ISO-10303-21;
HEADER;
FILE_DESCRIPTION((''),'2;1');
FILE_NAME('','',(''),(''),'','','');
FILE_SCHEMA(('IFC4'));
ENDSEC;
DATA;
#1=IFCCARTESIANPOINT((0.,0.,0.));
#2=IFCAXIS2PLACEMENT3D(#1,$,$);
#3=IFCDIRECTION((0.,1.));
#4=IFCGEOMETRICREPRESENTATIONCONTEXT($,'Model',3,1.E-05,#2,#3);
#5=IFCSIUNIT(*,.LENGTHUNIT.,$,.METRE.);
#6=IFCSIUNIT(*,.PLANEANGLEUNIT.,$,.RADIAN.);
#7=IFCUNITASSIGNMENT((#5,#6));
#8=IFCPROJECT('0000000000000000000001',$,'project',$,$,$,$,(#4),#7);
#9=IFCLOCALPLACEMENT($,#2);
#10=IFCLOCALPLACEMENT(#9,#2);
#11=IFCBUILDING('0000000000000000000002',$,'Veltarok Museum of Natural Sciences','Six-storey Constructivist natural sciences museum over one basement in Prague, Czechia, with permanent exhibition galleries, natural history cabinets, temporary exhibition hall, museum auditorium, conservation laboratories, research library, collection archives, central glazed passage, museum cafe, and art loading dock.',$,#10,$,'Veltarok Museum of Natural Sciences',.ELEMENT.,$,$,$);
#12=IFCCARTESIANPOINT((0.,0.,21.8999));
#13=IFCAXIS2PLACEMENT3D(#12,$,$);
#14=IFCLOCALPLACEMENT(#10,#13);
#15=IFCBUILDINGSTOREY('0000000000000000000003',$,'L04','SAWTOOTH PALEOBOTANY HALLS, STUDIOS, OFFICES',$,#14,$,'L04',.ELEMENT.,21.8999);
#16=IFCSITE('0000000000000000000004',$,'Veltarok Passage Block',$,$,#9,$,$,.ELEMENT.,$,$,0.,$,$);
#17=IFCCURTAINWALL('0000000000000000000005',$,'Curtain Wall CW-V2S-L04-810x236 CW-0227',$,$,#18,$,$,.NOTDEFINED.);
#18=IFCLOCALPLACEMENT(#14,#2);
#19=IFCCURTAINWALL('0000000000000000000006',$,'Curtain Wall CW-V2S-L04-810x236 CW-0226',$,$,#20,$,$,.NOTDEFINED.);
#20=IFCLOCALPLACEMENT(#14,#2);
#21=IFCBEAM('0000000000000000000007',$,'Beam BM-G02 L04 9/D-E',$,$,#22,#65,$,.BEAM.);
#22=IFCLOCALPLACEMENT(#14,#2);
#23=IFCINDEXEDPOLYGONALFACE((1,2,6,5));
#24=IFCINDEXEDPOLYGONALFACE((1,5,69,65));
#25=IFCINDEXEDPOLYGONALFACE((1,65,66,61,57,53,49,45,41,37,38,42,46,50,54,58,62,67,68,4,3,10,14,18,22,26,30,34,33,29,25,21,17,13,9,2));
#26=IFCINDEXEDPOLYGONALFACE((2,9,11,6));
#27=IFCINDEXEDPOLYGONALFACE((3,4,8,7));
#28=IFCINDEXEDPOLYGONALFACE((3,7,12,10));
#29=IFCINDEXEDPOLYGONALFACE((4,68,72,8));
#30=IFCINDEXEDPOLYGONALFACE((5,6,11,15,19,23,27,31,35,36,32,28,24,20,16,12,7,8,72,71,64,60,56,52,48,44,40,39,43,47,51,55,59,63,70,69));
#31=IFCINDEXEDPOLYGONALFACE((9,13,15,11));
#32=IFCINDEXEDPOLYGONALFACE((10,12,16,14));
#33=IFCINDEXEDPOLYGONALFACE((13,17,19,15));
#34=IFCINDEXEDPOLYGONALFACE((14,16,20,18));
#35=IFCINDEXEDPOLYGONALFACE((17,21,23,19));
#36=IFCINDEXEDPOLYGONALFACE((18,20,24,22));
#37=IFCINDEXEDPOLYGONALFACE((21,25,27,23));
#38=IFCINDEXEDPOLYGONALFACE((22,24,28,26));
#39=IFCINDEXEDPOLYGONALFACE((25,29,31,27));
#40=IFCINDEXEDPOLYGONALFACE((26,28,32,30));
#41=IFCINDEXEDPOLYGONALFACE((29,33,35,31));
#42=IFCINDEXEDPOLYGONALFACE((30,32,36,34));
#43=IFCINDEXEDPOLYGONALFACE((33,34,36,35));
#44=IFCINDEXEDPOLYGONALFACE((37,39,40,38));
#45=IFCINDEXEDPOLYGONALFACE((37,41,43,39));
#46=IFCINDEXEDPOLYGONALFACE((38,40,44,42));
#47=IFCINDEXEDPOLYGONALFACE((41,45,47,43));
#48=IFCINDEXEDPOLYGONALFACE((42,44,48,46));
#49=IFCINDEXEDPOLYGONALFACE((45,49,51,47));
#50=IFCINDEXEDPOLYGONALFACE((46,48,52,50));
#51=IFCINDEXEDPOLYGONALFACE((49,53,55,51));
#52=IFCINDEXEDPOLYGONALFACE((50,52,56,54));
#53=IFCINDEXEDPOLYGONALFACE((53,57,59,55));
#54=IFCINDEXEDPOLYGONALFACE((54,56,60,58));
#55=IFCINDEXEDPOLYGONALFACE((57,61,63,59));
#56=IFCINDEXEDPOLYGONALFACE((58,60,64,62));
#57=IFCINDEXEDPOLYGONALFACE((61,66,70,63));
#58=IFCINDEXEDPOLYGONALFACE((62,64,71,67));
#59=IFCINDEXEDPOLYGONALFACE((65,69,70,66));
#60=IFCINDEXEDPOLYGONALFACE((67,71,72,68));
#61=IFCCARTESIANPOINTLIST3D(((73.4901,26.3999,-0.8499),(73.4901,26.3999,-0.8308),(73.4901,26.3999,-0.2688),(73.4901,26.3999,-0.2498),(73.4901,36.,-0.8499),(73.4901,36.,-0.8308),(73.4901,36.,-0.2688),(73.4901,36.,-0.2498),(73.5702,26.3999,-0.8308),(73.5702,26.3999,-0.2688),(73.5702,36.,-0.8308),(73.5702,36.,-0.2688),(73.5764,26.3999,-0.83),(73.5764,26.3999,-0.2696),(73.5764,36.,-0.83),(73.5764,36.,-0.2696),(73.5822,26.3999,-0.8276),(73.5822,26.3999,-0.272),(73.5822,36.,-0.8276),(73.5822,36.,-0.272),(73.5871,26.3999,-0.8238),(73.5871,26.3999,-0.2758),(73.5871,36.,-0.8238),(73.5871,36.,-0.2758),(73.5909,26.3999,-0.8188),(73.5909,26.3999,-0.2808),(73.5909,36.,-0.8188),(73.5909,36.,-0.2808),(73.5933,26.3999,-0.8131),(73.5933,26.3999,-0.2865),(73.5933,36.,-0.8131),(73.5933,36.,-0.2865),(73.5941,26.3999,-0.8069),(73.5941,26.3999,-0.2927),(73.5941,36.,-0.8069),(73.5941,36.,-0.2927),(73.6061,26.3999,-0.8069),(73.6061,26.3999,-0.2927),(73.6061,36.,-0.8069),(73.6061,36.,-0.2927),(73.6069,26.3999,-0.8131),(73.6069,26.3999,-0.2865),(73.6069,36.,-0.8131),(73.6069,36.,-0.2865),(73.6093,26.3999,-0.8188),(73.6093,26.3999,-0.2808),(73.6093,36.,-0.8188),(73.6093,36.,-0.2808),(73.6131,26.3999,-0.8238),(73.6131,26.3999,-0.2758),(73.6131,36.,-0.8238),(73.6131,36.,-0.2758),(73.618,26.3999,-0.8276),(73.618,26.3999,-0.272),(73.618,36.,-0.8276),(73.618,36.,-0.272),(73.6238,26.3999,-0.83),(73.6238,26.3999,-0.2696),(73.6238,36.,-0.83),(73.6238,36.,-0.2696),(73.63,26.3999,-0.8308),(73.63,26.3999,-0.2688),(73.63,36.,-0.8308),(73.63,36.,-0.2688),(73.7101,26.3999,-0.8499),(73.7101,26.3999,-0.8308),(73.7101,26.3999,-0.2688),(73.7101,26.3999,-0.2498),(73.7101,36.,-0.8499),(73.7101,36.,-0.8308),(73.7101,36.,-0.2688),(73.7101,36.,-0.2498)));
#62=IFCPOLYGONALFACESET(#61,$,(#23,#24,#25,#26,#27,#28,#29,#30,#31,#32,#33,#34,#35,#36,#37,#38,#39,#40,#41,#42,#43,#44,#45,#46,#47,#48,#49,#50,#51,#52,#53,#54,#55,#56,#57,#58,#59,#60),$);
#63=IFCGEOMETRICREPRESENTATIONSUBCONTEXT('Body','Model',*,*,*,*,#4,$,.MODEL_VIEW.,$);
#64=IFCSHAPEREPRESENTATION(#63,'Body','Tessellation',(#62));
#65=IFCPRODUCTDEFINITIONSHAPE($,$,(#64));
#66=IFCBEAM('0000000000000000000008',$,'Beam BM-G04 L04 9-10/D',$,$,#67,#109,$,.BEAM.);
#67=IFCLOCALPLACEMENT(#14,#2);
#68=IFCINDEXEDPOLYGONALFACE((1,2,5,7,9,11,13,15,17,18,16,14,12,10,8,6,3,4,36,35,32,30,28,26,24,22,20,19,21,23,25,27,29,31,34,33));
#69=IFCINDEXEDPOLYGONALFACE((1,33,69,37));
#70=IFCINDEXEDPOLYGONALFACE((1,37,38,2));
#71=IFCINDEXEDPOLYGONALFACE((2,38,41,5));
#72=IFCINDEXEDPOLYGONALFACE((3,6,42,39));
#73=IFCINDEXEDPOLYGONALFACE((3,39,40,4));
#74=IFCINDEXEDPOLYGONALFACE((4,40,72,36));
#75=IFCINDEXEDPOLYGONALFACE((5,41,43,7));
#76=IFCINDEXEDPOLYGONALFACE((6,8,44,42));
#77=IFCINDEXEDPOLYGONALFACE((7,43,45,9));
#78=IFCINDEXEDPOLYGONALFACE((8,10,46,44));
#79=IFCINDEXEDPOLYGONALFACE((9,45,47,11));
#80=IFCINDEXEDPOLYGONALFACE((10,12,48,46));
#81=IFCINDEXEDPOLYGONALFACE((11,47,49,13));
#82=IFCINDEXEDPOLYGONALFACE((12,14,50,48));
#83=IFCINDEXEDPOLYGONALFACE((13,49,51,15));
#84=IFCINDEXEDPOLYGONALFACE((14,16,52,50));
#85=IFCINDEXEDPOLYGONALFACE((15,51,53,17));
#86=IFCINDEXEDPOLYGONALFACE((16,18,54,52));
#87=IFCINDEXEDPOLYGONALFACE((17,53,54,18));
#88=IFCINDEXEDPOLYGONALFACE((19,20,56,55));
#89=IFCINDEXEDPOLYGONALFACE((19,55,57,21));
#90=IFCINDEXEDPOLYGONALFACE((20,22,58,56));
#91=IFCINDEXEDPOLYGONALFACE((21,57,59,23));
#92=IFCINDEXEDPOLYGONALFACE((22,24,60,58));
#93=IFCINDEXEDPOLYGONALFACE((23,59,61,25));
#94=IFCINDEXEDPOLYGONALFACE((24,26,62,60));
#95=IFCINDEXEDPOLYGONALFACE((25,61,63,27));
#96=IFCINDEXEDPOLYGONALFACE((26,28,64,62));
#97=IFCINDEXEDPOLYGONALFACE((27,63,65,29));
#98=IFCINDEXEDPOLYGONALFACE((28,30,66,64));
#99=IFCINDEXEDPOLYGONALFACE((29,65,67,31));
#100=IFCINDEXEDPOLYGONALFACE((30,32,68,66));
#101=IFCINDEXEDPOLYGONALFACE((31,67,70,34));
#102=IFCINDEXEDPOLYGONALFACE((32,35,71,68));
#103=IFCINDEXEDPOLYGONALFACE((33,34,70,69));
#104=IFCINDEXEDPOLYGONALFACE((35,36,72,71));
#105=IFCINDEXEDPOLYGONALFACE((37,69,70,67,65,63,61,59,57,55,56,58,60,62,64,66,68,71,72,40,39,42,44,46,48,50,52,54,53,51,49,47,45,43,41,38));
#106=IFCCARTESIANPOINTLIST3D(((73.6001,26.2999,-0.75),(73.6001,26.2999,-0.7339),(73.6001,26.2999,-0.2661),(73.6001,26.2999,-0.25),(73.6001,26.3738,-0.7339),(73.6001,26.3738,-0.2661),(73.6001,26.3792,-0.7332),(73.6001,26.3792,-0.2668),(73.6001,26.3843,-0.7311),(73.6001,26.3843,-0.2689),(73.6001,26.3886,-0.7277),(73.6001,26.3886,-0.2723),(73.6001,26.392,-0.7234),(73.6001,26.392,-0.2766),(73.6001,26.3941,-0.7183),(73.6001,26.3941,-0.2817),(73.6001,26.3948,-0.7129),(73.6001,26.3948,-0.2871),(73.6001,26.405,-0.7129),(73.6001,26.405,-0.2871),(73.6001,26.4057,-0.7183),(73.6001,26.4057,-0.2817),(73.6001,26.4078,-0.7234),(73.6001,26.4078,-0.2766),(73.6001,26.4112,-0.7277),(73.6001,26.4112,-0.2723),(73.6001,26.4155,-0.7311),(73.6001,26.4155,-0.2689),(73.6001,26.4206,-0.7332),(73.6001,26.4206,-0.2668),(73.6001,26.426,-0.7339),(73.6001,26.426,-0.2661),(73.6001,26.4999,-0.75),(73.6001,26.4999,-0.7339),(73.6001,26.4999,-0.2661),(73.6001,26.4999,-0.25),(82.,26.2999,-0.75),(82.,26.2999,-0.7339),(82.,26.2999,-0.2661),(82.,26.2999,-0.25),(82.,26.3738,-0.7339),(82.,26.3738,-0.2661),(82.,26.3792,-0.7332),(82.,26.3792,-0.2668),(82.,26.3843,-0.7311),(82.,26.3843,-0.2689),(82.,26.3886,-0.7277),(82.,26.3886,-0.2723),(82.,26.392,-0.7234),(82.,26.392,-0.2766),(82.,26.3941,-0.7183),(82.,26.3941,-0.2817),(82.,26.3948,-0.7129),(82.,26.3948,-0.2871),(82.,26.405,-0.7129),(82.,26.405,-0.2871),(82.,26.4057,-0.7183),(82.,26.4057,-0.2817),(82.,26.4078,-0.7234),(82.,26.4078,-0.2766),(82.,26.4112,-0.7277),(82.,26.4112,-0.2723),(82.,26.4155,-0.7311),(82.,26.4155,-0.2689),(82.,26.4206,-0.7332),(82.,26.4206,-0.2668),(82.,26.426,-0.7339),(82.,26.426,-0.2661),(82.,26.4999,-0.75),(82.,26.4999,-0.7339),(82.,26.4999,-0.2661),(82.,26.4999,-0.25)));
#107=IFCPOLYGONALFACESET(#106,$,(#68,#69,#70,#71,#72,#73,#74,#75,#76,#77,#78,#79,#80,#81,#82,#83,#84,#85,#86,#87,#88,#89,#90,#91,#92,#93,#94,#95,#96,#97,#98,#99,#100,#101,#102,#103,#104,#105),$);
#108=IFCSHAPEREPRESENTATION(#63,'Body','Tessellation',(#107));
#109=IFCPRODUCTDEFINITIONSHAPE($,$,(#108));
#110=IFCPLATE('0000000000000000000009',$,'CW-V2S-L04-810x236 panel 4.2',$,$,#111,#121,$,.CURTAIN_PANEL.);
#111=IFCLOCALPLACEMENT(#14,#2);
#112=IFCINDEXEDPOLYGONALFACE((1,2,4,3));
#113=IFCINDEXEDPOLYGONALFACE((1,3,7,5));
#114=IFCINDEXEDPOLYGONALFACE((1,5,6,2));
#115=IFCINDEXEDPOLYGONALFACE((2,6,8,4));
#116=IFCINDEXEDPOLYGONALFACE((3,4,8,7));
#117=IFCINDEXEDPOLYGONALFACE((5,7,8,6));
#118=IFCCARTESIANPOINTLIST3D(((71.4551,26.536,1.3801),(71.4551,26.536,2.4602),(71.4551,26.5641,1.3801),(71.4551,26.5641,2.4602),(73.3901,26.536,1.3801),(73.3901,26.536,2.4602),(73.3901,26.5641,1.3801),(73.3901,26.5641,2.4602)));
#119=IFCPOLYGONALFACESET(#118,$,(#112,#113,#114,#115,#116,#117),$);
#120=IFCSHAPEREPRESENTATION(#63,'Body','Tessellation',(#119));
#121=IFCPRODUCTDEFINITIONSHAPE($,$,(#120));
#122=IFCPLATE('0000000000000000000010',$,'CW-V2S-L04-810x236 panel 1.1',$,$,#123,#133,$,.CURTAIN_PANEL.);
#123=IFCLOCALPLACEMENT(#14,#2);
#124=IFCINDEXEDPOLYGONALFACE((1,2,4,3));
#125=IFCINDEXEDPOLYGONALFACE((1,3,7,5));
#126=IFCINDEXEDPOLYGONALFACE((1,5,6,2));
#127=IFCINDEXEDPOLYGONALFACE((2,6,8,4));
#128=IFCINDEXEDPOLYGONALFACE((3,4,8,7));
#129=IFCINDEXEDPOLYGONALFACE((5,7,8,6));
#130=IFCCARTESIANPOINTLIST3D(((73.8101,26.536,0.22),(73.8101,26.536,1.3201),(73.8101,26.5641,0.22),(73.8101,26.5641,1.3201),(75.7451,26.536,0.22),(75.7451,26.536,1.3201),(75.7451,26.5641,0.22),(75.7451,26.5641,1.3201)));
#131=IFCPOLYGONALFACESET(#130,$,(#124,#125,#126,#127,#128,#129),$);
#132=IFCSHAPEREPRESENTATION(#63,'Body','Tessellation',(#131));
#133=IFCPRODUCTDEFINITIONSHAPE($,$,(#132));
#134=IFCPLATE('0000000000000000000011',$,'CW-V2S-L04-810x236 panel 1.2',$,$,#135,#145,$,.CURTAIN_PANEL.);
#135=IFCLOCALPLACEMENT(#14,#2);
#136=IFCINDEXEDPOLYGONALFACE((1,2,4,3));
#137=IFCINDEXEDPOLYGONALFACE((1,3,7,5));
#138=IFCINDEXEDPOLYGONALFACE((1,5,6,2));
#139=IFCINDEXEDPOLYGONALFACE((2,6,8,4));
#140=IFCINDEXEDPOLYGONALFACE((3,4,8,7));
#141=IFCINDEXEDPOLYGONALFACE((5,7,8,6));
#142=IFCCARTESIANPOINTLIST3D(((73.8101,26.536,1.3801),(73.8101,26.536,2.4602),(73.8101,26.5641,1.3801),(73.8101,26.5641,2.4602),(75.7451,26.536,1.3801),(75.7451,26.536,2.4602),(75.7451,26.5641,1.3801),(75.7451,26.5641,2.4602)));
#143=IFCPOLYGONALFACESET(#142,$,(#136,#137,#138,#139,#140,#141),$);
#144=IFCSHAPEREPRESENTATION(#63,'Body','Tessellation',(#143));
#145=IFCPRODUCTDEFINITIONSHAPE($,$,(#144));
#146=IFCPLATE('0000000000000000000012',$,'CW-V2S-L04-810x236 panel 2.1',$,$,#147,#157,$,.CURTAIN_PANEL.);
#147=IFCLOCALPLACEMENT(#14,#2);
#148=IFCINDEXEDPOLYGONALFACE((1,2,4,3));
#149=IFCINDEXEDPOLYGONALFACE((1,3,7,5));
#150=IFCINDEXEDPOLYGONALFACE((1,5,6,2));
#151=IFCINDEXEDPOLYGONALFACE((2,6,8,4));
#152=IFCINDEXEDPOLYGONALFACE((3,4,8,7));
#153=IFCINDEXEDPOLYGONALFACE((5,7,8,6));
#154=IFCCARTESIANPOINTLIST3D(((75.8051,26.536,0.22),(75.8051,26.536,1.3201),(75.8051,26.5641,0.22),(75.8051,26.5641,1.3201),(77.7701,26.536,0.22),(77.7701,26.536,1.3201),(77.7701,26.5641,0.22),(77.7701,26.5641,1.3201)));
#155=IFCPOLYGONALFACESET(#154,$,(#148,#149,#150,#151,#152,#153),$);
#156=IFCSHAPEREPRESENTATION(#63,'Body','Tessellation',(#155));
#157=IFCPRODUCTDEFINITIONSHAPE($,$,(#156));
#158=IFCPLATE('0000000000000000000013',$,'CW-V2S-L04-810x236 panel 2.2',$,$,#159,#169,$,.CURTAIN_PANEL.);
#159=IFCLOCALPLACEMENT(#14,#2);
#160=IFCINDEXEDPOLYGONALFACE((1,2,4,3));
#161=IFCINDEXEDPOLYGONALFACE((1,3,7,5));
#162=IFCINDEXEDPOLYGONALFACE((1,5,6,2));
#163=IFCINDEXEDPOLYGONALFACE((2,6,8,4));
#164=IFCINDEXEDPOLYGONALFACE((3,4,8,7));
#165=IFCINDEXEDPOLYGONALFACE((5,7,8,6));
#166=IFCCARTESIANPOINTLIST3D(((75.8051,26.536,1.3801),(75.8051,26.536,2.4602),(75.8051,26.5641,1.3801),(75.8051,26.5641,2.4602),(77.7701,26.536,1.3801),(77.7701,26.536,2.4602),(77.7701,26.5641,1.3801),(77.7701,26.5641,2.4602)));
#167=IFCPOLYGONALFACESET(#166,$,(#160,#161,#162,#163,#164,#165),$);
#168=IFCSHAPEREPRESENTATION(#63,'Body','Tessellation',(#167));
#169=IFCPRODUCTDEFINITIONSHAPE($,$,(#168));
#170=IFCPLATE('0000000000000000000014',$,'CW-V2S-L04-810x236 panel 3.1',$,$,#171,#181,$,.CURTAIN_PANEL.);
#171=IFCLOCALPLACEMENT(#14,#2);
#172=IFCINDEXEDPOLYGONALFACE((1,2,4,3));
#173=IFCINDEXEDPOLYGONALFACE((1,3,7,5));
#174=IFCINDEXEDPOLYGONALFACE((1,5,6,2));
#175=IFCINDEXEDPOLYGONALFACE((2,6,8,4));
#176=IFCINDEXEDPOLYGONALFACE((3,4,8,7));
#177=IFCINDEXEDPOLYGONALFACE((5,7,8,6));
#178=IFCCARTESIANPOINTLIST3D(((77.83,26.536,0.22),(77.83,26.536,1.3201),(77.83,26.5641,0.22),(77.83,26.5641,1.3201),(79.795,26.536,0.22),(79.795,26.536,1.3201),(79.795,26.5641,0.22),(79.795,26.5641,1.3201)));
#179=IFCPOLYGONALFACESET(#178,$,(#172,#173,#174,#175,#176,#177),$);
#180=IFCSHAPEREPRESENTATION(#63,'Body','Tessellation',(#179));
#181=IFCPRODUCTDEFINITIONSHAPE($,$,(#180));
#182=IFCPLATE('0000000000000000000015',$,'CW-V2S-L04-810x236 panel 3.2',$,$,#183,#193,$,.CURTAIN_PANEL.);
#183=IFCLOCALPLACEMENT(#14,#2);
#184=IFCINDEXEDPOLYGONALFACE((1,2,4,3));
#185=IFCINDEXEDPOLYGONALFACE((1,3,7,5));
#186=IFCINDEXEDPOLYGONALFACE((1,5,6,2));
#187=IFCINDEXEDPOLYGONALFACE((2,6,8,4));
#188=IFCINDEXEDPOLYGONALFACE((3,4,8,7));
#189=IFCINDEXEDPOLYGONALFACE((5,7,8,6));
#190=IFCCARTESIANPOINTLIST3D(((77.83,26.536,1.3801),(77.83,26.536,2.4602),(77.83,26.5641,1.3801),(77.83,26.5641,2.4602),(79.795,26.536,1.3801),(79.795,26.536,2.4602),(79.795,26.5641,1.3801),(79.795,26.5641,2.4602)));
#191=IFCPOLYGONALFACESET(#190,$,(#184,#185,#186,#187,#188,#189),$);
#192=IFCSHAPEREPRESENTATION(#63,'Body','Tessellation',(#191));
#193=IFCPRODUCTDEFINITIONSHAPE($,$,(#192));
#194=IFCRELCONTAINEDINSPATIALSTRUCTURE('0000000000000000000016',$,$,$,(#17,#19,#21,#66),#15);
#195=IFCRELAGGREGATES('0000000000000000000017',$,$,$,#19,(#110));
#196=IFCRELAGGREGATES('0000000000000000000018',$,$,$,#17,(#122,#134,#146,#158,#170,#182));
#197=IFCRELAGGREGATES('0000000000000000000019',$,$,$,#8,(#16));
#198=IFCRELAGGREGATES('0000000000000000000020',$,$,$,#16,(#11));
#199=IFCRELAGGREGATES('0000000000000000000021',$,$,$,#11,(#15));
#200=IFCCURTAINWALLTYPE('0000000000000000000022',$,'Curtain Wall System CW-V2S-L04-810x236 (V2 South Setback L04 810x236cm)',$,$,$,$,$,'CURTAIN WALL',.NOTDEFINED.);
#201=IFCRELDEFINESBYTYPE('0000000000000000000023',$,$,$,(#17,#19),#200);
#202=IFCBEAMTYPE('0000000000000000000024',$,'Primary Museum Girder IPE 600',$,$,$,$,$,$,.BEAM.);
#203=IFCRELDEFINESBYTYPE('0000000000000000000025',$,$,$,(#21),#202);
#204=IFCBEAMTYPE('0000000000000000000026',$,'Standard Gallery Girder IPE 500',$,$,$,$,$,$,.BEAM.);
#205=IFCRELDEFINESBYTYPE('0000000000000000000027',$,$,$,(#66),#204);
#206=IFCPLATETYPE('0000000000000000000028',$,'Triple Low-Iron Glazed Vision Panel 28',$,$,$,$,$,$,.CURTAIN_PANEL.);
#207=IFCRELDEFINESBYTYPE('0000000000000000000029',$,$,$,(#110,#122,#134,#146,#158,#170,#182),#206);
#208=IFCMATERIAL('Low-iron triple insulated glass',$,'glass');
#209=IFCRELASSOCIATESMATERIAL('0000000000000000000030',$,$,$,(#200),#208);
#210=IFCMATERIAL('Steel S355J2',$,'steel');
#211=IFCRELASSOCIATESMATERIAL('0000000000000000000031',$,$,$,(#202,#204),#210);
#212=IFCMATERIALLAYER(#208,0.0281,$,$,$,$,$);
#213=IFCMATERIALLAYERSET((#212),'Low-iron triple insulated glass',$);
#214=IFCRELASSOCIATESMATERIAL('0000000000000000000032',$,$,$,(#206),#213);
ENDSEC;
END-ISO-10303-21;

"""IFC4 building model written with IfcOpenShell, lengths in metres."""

from ifc_helpers import new_model, si_unit, direction, frame, origin, origin_2d, place, context, subcontext, project, spatial, rectangle, i_section, extrude, material, layer, layer_set, material_profile, profile_set, type_object, element, aggregate, save


model = new_model("IFC4")

# Units and contexts
model_context = context("Model", 3, precision=1e-05, world=origin(), true_north=direction((0.0, 1.0)))
body_context = subcontext(model_context, "Body", "Model", "MODEL_VIEW")
ifc_project = project(units=[si_unit("LENGTHUNIT", "METRE"), si_unit("PLANEANGLEUNIT", "RADIAN")], contexts=[model_context])

# Site, building, storey
site_placement = place(None, origin())
site = spatial("IfcSite", under=ifc_project, at=site_placement, Name="Veltarok Passage Block", CompositionType="ELEMENT", RefElevation=0.0)
building_placement = place(site_placement, origin())
building = spatial("IfcBuilding", under=site, at=building_placement, Name="Veltarok Museum of Natural Sciences", Description="Six-storey Constructivist natural sciences museum over one basement in Prague, Czechia, with permanent exhibition galleries, natural history cabinets, temporary exhibition hall, museum auditorium, conservation laboratories, research library, collection archives, central glazed passage, museum cafe, and art loading dock.", LongName="Veltarok Museum of Natural Sciences", CompositionType="ELEMENT")
storey_placement = place(building_placement, frame((0.0, 0.0, 21.8999)))
storey = spatial("IfcBuildingStorey", under=building, at=storey_placement, Name="L04", Description="SAWTOOTH PALEOBOTANY HALLS, STUDIOS, OFFICES", LongName="L04", CompositionType="ELEMENT", Elevation=21.8999)

# Shared definitions
ifc_material_1 = material(Name="Steel S355J2", Category="steel")

# Curtain wall
ifc_material_2 = material(Name="Low-iron triple insulated glass", Category="glass")
curtain_wall_type = type_object("IfcCurtainWallType", Name="Curtain Wall System CW-V2S-L04-810x236 (V2 South Setback L04 810x236cm)", ElementType="CURTAIN WALL", PredefinedType="NOTDEFINED", material=ifc_material_2)
curtain_wall_1_placement = place(storey_placement, origin())
curtain_wall_1 = element("IfcCurtainWall", 1, at=curtain_wall_1_placement, inside=storey, type_object=curtain_wall_type, Name="Curtain Wall CW-V2S-L04-810x236 CW-0227", PredefinedType="NOTDEFINED")

# Curtain wall
curtain_wall_2_placement = place(storey_placement, origin())
curtain_wall_2 = element("IfcCurtainWall", 2, at=curtain_wall_2_placement, inside=storey, type_object=curtain_wall_type, Name="Curtain Wall CW-V2S-L04-810x236 CW-0226", PredefinedType="NOTDEFINED")

# Beams
ifc_material_profile_1 = material_profile(ifc_material_1, i_section(OverallWidth=0.22, OverallDepth=0.6001, WebThickness=0.012, FlangeThickness=0.019, FilletRadius=0.0239, at=origin_2d()), Name="IPE 600")
ifc_profile_set_1 = profile_set([ifc_material_profile_1], Name="Steel S355J2")
beam_type_1 = type_object("IfcBeamType", Name="Primary Museum Girder IPE 600", PredefinedType="BEAM", material=ifc_profile_set_1)
beam_1_placement = place(storey_placement, frame((73.6001, 26.3999, -0.5498), z_axis=(0.0, 1.0, 0.0), x_axis=(-1.0, 0.0, 0.0)))
element("IfcBeam", 3, at=beam_1_placement, inside=storey, type_object=beam_type_1, Name="Beam BM-G02 L04 9/D-E", PredefinedType="BEAM", context=body_context, shape_type="SweptSolid", body=[
    extrude(i_section(OverallWidth=0.22, OverallDepth=0.6001, WebThickness=0.012, FlangeThickness=0.019, FilletRadius=0.0239, at=origin_2d()), origin(), (0.0, 0.0, 1.0), 9.6001),
])
ifc_material_profile_2 = material_profile(ifc_material_1, i_section(OverallWidth=0.2, OverallDepth=0.5, WebThickness=0.0103, FlangeThickness=0.0161, FilletRadius=0.021, at=origin_2d()), Name="IPE 500")
ifc_profile_set_2 = profile_set([ifc_material_profile_2], Name="Steel S355J2")
beam_type_2 = type_object("IfcBeamType", Name="Standard Gallery Girder IPE 500", PredefinedType="BEAM", material=ifc_profile_set_2)
beam_2_placement = place(storey_placement, frame((73.6001, 26.3999, -0.5), z_axis=(1.0, 0.0, 0.0), x_axis=(0.0, 1.0, 0.0)))
element("IfcBeam", 4, at=beam_2_placement, inside=storey, type_object=beam_type_2, Name="Beam BM-G04 L04 9-10/D", PredefinedType="BEAM", context=body_context, shape_type="SweptSolid", body=[
    extrude(i_section(OverallWidth=0.2, OverallDepth=0.5, WebThickness=0.0103, FlangeThickness=0.0161, FilletRadius=0.021, at=origin_2d()), origin(), (0.0, 0.0, 1.0), 8.3999),
])

# Plates
ifc_layer_1 = layer(ifc_material_2, 0.0281)
ifc_layer_set_1 = layer_set([ifc_layer_1], Name="Low-iron triple insulated glass")
plate_type = type_object("IfcPlateType", Name="Triple Low-Iron Glazed Vision Panel 28", PredefinedType="CURTAIN_PANEL", material=ifc_layer_set_1)
plate_1_placement = place(storey_placement, frame((72.4226, 26.55, 1.3801), z_axis=(0.0, 0.0, 1.0), x_axis=(1.0, 0.0, 0.0)))
plate_1 = element("IfcPlate", 5, at=plate_1_placement, type_object=plate_type, Name="CW-V2S-L04-810x236 panel 4.2", PredefinedType="CURTAIN_PANEL", context=body_context, shape_type="SweptSolid", body=[
    extrude(rectangle(XDim=1.9351, YDim=0.0281, at=origin_2d()), origin(), (0.0, 0.0, 1.0), 1.0801),
])
aggregate(curtain_wall_2, [plate_1])
plate_2_placement = place(storey_placement, frame((74.7776, 26.55, 0.22), z_axis=(0.0, 0.0, 1.0), x_axis=(1.0, 0.0, 0.0)))
plate_2 = element("IfcPlate", 6, at=plate_2_placement, type_object=plate_type, Name="CW-V2S-L04-810x236 panel 1.1", PredefinedType="CURTAIN_PANEL", context=body_context, shape_type="SweptSolid", body=[
    extrude(rectangle(XDim=1.9351, YDim=0.0281, at=origin_2d()), origin(), (0.0, 0.0, 1.0), 1.1001),
])
plate_3_placement = place(storey_placement, frame((74.7776, 26.55, 1.3801), z_axis=(0.0, 0.0, 1.0), x_axis=(1.0, 0.0, 0.0)))
plate_3 = element("IfcPlate", 7, at=plate_3_placement, type_object=plate_type, Name="CW-V2S-L04-810x236 panel 1.2", PredefinedType="CURTAIN_PANEL", context=body_context, shape_type="SweptSolid", body=[
    extrude(rectangle(XDim=1.9351, YDim=0.0281, at=origin_2d()), origin(), (0.0, 0.0, 1.0), 1.0801),
])
plate_4_placement = place(storey_placement, frame((76.7876, 26.55, 0.22), z_axis=(0.0, 0.0, 1.0), x_axis=(1.0, 0.0, 0.0)))
plate_4 = element("IfcPlate", 8, at=plate_4_placement, type_object=plate_type, Name="CW-V2S-L04-810x236 panel 2.1", PredefinedType="CURTAIN_PANEL", context=body_context, shape_type="SweptSolid", body=[
    extrude(rectangle(XDim=1.9651, YDim=0.0281, at=origin_2d()), origin(), (0.0, 0.0, 1.0), 1.1001),
])
plate_5_placement = place(storey_placement, frame((76.7876, 26.55, 1.3801), z_axis=(0.0, 0.0, 1.0), x_axis=(1.0, 0.0, 0.0)))
plate_5 = element("IfcPlate", 9, at=plate_5_placement, type_object=plate_type, Name="CW-V2S-L04-810x236 panel 2.2", PredefinedType="CURTAIN_PANEL", context=body_context, shape_type="SweptSolid", body=[
    extrude(rectangle(XDim=1.9651, YDim=0.0281, at=origin_2d()), origin(), (0.0, 0.0, 1.0), 1.0801),
])
plate_6_placement = place(storey_placement, frame((78.8125, 26.55, 0.22), z_axis=(0.0, 0.0, 1.0), x_axis=(1.0, 0.0, 0.0)))
plate_6 = element("IfcPlate", 10, at=plate_6_placement, type_object=plate_type, Name="CW-V2S-L04-810x236 panel 3.1", PredefinedType="CURTAIN_PANEL", context=body_context, shape_type="SweptSolid", body=[
    extrude(rectangle(XDim=1.9651, YDim=0.0281, at=origin_2d()), origin(), (0.0, 0.0, 1.0), 1.1001),
])
plate_7_placement = place(storey_placement, frame((78.8125, 26.55, 1.3801), z_axis=(0.0, 0.0, 1.0), x_axis=(1.0, 0.0, 0.0)))
plate_7 = element("IfcPlate", 11, at=plate_7_placement, type_object=plate_type, Name="CW-V2S-L04-810x236 panel 3.2", PredefinedType="CURTAIN_PANEL", context=body_context, shape_type="SweptSolid", body=[
    extrude(rectangle(XDim=1.9651, YDim=0.0281, at=origin_2d()), origin(), (0.0, 0.0, 1.0), 1.0801),
])
aggregate(curtain_wall_1, [plate_2, plate_3, plate_4, plate_5, plate_6, plate_7])

save(model, "model.ifc")
